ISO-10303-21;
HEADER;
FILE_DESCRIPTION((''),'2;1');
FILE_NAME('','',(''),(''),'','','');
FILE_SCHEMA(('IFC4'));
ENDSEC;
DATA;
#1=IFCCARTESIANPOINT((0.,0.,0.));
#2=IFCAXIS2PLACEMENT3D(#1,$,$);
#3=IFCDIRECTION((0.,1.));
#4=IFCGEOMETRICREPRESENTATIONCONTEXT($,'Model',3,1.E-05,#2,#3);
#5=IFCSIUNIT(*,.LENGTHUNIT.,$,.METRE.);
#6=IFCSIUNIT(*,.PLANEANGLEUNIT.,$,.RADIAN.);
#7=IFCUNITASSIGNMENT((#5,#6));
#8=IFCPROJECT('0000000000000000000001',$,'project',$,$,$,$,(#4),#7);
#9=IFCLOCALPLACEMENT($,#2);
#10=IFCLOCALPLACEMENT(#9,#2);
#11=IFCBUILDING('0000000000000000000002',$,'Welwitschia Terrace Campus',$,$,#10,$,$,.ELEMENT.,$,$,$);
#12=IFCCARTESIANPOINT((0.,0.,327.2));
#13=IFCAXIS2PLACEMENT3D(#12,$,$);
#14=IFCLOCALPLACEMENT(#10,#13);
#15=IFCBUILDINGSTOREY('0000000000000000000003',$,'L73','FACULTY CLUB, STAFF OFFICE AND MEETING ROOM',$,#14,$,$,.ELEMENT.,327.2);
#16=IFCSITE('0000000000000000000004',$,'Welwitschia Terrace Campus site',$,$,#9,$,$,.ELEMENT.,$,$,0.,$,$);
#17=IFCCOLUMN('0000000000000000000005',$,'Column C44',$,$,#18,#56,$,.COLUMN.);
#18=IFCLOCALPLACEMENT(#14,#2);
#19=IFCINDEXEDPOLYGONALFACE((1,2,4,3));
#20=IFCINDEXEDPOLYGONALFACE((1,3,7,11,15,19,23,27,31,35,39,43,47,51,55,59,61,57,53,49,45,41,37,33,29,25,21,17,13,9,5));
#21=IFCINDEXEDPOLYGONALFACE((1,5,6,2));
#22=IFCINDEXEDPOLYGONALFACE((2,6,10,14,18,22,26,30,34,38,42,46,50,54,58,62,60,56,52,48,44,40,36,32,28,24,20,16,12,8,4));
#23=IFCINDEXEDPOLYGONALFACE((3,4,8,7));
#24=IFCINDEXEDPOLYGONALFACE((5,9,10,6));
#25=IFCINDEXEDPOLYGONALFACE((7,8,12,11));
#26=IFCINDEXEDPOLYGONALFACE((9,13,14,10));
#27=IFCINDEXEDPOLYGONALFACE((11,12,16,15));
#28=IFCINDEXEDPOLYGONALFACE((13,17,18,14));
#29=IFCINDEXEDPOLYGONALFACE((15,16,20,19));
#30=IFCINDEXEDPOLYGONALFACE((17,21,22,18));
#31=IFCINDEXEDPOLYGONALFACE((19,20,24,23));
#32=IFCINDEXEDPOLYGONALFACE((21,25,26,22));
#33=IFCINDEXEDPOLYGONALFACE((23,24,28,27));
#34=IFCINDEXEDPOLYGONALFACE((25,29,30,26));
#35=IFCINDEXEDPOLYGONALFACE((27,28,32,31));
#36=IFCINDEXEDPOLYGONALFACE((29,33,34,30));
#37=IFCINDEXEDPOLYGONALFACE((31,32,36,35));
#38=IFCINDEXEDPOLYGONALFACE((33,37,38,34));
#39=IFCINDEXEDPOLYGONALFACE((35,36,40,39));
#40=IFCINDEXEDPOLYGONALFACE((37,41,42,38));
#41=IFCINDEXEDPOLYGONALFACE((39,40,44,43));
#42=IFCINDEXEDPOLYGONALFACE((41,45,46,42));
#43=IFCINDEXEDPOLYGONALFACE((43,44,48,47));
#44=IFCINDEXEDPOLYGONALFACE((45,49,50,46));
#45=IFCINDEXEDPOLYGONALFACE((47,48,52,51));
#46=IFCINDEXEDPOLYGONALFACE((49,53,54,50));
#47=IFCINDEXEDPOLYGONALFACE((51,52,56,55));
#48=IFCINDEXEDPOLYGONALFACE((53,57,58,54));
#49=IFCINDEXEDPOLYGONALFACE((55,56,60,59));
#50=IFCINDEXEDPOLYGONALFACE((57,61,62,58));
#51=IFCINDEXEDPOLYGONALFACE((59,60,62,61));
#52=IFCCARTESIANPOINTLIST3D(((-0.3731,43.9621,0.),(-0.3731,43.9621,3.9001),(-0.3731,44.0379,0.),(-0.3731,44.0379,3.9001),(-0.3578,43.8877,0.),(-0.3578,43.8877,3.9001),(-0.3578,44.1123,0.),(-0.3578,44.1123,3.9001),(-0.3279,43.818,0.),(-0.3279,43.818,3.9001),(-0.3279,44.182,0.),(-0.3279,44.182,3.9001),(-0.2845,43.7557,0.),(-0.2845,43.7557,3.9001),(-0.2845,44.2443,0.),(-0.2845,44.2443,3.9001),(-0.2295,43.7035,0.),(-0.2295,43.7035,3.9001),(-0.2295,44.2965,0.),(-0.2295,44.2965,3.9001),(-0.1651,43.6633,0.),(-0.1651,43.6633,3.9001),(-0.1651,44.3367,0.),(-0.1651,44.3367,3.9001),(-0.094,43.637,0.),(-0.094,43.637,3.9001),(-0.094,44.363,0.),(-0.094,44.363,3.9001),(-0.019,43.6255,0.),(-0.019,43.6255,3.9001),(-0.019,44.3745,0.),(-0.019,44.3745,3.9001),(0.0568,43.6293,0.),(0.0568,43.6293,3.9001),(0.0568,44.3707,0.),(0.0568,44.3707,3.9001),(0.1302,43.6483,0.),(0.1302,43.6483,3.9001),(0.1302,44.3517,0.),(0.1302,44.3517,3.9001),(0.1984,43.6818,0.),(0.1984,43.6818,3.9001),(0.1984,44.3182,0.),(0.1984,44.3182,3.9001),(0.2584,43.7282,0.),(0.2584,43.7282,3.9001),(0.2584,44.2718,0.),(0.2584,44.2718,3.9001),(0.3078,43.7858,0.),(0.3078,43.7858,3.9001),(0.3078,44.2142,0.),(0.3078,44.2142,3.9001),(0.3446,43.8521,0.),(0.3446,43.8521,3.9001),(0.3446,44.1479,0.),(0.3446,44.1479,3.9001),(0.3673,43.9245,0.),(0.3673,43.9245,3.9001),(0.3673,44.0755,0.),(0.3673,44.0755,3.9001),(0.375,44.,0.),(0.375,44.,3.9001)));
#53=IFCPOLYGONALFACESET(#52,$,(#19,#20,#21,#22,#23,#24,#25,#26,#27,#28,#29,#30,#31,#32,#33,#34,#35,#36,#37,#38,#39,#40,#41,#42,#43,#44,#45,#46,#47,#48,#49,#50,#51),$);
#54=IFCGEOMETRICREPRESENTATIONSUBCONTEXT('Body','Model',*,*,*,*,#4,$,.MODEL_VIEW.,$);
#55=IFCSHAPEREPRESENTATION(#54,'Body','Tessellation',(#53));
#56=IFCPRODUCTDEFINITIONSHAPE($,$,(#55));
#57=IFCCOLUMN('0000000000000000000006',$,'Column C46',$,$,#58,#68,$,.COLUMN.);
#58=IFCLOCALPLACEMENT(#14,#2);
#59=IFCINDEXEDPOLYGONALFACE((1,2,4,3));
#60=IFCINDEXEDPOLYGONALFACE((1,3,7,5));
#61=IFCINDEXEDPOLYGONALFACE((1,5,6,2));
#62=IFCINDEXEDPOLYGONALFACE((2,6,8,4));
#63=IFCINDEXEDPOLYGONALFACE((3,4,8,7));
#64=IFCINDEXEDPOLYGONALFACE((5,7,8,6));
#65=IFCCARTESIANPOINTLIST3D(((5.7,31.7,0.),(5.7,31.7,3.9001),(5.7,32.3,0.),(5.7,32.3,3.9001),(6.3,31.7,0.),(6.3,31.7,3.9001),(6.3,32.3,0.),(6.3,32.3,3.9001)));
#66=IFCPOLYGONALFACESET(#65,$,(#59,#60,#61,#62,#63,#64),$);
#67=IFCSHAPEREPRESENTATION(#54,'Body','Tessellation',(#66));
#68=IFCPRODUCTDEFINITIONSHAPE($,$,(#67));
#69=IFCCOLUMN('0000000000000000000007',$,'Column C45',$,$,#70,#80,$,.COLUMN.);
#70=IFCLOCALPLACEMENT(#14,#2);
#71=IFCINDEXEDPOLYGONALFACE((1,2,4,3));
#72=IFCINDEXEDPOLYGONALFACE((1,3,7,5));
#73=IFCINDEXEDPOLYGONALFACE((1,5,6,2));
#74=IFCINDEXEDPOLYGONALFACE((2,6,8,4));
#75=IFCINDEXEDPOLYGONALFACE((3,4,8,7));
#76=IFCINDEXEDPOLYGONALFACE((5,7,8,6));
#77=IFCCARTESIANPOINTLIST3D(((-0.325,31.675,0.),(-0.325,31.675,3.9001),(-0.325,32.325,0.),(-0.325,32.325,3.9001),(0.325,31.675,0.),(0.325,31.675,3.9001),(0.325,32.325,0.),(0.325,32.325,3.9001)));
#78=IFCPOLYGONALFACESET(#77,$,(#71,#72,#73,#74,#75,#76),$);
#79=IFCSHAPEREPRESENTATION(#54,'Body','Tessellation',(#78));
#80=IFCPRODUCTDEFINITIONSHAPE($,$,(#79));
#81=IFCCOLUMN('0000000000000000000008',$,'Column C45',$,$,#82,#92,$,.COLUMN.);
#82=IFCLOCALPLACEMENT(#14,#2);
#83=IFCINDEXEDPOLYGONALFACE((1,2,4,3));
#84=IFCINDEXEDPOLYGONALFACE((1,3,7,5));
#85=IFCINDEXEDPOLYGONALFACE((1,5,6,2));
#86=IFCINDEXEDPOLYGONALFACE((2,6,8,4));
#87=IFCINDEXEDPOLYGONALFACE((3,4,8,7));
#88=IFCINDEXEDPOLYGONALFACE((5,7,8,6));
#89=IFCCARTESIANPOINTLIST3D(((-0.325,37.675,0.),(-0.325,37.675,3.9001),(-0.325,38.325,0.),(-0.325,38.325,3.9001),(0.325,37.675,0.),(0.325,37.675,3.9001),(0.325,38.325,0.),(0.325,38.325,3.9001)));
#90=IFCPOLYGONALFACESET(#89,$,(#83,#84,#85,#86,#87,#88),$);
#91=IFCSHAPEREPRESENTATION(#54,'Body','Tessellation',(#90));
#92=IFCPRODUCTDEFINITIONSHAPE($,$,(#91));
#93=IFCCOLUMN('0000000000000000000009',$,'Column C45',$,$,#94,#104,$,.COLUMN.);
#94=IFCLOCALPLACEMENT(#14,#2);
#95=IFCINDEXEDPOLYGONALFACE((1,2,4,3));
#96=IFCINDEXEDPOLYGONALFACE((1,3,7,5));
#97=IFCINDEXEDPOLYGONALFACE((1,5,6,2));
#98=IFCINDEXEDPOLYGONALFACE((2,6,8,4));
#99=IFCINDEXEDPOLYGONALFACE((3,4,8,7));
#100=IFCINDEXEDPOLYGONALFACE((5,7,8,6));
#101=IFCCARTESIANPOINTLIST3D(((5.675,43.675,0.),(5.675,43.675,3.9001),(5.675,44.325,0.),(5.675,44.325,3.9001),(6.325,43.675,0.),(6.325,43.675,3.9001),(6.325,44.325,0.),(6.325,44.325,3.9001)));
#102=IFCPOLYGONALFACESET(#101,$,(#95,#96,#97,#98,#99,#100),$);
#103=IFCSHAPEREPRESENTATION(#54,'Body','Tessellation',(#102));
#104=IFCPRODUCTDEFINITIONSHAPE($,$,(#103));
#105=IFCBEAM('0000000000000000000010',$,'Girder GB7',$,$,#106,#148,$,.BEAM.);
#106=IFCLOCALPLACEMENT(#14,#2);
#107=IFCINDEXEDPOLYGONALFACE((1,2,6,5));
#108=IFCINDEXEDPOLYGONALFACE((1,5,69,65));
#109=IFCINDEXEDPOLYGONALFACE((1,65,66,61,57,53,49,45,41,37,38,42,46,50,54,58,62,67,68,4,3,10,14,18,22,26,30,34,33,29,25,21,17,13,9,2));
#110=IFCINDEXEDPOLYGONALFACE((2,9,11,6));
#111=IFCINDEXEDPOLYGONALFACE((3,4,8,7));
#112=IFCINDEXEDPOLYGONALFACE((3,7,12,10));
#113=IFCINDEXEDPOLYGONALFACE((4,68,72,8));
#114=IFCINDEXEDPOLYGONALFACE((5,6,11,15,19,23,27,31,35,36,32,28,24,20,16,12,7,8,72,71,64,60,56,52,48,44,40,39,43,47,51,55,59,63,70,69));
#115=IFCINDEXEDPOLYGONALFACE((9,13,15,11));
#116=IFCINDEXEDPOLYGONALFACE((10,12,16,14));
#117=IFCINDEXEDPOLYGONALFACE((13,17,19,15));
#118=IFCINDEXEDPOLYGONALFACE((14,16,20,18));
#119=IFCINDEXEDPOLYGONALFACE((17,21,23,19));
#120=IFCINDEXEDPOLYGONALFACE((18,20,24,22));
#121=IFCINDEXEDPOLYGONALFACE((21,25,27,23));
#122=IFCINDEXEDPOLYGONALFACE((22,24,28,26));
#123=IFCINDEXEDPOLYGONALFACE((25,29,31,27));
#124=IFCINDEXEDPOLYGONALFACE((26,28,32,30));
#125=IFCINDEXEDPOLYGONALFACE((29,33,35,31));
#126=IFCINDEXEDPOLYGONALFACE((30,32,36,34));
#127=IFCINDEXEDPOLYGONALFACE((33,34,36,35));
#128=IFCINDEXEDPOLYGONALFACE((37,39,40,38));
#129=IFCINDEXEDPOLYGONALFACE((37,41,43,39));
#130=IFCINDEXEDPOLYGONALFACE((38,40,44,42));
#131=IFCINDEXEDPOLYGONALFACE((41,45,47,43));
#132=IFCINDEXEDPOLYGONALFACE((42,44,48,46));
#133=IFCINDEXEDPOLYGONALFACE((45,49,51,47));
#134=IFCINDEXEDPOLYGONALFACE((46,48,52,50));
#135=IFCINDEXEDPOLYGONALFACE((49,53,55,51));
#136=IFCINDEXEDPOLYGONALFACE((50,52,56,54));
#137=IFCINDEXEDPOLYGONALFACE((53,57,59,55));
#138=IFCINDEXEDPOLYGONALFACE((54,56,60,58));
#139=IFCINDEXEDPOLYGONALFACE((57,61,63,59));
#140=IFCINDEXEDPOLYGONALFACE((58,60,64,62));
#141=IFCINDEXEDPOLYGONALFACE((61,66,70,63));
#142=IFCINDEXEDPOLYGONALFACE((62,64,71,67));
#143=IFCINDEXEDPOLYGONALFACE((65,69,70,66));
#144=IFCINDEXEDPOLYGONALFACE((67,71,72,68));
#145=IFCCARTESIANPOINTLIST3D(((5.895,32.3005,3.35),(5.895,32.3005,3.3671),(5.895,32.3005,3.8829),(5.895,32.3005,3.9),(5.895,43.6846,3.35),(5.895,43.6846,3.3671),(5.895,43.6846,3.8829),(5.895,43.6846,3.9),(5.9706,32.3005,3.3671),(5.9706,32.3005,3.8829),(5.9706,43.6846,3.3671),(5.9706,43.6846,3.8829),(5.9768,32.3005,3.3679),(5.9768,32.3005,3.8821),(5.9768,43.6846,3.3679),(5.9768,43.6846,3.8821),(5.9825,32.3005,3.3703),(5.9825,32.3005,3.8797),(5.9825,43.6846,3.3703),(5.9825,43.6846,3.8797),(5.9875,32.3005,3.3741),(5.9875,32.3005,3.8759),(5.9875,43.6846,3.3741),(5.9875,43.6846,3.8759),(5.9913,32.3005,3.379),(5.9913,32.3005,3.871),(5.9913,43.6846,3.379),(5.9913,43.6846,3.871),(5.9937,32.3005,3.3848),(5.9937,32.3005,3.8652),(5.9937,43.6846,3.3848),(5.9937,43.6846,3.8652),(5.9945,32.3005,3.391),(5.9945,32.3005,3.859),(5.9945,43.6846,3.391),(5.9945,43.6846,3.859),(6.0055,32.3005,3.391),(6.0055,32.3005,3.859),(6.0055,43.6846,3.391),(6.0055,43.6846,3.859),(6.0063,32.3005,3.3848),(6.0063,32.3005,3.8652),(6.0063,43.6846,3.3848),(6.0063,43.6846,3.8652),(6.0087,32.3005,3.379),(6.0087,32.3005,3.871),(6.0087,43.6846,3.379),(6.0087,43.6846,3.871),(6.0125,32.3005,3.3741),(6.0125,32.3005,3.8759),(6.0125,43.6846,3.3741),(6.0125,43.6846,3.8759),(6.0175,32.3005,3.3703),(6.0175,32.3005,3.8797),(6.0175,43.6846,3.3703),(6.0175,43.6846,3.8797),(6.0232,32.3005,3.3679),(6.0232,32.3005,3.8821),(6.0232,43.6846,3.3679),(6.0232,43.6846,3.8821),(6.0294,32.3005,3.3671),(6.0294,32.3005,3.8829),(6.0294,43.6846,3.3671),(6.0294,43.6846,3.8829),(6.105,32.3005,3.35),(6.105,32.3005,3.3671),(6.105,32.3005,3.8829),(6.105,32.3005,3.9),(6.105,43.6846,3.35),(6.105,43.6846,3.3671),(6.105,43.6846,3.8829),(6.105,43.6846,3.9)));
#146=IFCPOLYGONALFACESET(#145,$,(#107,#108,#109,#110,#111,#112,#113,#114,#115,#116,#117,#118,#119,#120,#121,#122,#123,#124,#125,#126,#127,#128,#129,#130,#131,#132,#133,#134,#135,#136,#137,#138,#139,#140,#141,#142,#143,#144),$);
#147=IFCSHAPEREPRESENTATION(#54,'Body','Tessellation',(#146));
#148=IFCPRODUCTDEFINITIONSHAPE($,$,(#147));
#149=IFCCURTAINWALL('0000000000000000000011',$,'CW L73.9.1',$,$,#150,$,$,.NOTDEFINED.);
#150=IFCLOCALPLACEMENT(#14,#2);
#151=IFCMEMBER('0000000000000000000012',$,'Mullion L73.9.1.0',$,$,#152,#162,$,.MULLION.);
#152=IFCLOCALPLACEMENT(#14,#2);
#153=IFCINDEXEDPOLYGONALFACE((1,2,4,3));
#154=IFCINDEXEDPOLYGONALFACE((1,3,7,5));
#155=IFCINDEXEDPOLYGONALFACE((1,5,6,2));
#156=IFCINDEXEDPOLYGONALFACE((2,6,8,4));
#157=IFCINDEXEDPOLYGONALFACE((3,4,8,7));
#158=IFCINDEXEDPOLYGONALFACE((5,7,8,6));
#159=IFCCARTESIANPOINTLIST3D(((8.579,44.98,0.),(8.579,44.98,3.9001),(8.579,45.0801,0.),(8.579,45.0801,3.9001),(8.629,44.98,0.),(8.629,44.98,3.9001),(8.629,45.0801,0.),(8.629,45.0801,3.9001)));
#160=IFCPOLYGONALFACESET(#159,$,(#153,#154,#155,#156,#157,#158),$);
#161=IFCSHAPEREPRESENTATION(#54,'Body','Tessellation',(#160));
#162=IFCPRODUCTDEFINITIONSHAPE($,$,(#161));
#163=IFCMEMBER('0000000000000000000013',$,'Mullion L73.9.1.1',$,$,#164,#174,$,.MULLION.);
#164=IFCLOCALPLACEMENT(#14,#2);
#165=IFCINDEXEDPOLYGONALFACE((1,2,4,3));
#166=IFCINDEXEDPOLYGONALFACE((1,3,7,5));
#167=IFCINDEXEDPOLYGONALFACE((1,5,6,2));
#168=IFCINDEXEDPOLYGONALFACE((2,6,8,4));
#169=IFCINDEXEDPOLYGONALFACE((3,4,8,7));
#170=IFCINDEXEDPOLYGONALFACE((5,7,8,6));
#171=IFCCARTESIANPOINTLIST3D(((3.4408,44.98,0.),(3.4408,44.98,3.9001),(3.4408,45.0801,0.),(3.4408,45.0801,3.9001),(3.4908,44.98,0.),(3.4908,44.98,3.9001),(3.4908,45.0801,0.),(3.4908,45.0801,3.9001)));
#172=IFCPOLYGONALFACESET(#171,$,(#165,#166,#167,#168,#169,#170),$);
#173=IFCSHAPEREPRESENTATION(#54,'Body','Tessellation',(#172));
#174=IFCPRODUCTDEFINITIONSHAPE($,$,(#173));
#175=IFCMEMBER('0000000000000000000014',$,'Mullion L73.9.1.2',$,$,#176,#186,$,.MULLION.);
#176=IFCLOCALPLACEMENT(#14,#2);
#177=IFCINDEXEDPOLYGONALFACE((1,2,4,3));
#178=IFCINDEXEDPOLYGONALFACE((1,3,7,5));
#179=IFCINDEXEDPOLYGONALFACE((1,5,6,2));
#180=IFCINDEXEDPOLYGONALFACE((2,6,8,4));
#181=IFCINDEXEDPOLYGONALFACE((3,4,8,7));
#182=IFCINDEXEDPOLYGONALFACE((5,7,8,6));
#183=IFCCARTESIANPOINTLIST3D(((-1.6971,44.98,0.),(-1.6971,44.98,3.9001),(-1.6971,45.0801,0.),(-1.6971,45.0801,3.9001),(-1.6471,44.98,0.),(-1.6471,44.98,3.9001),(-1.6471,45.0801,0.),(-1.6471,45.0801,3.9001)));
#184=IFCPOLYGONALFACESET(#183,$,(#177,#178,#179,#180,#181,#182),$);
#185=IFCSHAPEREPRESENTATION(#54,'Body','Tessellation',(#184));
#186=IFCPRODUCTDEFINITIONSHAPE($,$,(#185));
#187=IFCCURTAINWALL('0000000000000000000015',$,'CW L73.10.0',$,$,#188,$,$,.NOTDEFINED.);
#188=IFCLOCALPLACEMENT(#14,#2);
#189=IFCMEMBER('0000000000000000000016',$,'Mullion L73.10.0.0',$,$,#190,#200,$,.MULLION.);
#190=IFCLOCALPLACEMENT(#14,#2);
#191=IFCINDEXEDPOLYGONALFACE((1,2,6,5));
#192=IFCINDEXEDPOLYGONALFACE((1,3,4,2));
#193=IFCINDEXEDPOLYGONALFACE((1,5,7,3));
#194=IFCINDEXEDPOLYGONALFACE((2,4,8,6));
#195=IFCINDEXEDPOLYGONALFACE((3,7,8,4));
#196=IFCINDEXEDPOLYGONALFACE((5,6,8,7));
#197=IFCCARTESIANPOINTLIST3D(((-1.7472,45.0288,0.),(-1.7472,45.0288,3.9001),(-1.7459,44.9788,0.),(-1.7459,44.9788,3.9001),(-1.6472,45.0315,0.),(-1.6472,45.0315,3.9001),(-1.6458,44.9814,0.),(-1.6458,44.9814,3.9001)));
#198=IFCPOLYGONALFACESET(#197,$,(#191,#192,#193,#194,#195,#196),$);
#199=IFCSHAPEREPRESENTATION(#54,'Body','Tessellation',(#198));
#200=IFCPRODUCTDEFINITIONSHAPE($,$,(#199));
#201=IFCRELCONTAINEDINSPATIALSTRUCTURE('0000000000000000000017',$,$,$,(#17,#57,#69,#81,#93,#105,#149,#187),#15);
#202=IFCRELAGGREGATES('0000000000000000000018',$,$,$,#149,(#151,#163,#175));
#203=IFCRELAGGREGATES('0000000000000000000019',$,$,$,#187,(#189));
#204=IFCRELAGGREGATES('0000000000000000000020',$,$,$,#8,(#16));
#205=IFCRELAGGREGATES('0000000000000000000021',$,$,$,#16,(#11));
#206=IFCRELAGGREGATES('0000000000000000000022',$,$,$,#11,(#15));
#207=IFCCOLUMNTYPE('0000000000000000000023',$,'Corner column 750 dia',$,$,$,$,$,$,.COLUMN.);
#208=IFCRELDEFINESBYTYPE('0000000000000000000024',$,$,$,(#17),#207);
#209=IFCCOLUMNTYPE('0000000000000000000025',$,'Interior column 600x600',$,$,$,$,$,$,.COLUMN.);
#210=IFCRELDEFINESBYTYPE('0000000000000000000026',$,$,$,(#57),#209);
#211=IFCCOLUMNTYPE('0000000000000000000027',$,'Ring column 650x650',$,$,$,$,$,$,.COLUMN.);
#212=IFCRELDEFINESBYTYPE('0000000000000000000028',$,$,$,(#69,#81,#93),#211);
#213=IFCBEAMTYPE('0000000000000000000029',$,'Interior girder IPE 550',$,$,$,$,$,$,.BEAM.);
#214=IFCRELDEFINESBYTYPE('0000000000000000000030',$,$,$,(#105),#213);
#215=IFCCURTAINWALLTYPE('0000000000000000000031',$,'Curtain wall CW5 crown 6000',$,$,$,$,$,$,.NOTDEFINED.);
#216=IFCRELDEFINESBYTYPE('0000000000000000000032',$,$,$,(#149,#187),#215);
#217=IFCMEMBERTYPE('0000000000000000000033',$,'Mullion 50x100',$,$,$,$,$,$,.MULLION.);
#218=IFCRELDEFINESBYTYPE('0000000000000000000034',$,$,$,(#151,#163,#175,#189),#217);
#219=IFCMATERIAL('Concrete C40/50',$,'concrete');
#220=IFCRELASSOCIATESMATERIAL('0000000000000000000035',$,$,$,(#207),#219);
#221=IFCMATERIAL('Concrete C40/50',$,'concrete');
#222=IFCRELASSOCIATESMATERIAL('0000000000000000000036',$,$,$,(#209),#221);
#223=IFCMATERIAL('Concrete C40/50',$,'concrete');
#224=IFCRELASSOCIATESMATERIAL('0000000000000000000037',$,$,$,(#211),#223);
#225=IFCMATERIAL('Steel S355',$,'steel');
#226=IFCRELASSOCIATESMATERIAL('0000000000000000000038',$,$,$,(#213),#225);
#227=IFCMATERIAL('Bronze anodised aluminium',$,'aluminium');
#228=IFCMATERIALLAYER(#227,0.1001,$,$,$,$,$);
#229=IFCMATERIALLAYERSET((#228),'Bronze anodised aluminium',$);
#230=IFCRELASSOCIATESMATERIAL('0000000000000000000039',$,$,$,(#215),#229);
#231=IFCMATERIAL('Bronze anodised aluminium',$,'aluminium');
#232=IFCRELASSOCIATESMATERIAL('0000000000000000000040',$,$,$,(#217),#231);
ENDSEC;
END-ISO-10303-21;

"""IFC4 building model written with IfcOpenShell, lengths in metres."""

from ifc_helpers import new_model, si_unit, direction, frame, origin, origin_2d, place, context, subcontext, project, spatial, rectangle, circle, i_section, extrude, material, layer, layer_set, material_profile, profile_set, type_object, element, aggregate, save


model = new_model("IFC4")

# Units and contexts
model_context = context("Model", 3, precision=1e-05, world=origin(), true_north=direction((0.0, 1.0)))
body_context = subcontext(model_context, "Body", "Model", "MODEL_VIEW")
ifc_project = project(units=[si_unit("LENGTHUNIT", "METRE"), si_unit("PLANEANGLEUNIT", "RADIAN")], contexts=[model_context])

# Site, building, storey
site_placement = place(None, origin())
site = spatial("IfcSite", under=ifc_project, at=site_placement, Name="Welwitschia Terrace Campus site", CompositionType="ELEMENT", RefElevation=0.0)
building_placement = place(site_placement, origin())
building = spatial("IfcBuilding", under=site, at=building_placement, Name="Welwitschia Terrace Campus", CompositionType="ELEMENT")
storey_placement = place(building_placement, frame((0.0, 0.0, 327.2)))
storey = spatial("IfcBuildingStorey", under=building, at=storey_placement, Name="L73", Description="FACULTY CLUB, STAFF OFFICE AND MEETING ROOM", CompositionType="ELEMENT", Elevation=327.2)

# Columns
ifc_material_1 = material(Name="Concrete C40/50", Category="concrete")
ifc_material_profile_1 = material_profile(ifc_material_1, circle(Radius=0.375, at=origin_2d()))
ifc_profile_set_1 = profile_set([ifc_material_profile_1], Name="Concrete C40/50")
column_type_1 = type_object("IfcColumnType", Name="Corner column 750 dia", PredefinedType="COLUMN", material=ifc_profile_set_1)
column_1_placement = place(storey_placement, frame((0.0, 44.0, 0.0), z_axis=(0.0, 0.0, 1.0), x_axis=(1.0, 0.0, 0.0)))
element("IfcColumn", 1, at=column_1_placement, inside=storey, type_object=column_type_1, Name="Column C44", PredefinedType="COLUMN", context=body_context, shape_type="SweptSolid", body=[
    extrude(circle(Radius=0.375, at=origin_2d()), origin(), (0.0, 0.0, 1.0), 3.9001),
])
ifc_material_2 = material(Name="Concrete C40/50", Category="concrete")
ifc_material_profile_2 = material_profile(ifc_material_2, rectangle(XDim=0.6001, YDim=0.6001, at=origin_2d()))
ifc_profile_set_2 = profile_set([ifc_material_profile_2], Name="Concrete C40/50")
column_type_2 = type_object("IfcColumnType", Name="Interior column 600x600", PredefinedType="COLUMN", material=ifc_profile_set_2)
column_2_placement = place(storey_placement, frame((6.0, 32.0, 0.0), z_axis=(0.0, 0.0, 1.0), x_axis=(1.0, 0.0, 0.0)))
element("IfcColumn", 2, at=column_2_placement, inside=storey, type_object=column_type_2, Name="Column C46", PredefinedType="COLUMN", context=body_context, shape_type="SweptSolid", body=[
    extrude(rectangle(XDim=0.6001, YDim=0.6001, at=origin_2d()), origin(), (0.0, 0.0, 1.0), 3.9001),
])
ifc_material_3 = material(Name="Concrete C40/50", Category="concrete")
ifc_material_profile_3 = material_profile(ifc_material_3, rectangle(XDim=0.6499, YDim=0.6499, at=origin_2d()))
ifc_profile_set_3 = profile_set([ifc_material_profile_3], Name="Concrete C40/50")
column_type_3 = type_object("IfcColumnType", Name="Ring column 650x650", PredefinedType="COLUMN", material=ifc_profile_set_3)
for number, where, z_axis, x_axis, name in (
    (3, (0.0, 32.0, 0.0), (0.0, 0.0, 1.0), (1.0, 0.0, 0.0), "Column C45"),
    (4, (0.0, 38.0, 0.0), (0.0, 0.0, 1.0), (1.0, 0.0, 0.0), "Column C45"),
    (5, (6.0, 44.0, 0.0), (0.0, 0.0, 1.0), (1.0, 0.0, 0.0), "Column C45"),
):
    element("IfcColumn", number, at=place(storey_placement, frame(where, z_axis=z_axis, x_axis=x_axis)), inside=storey, type_object=column_type_3, Name=name, PredefinedType="COLUMN", context=body_context, shape_type="SweptSolid", body=[
        extrude(rectangle(XDim=0.6499, YDim=0.6499, at=origin_2d()), origin(), (0.0, 0.0, 1.0), 3.9001),
    ])

# Beam
ifc_material_4 = material(Name="Steel S355", Category="steel")
ifc_material_profile_4 = material_profile(ifc_material_4, i_section(OverallWidth=0.21, OverallDepth=0.55, WebThickness=0.011, FlangeThickness=0.0171, FilletRadius=0.0239, at=origin_2d()))
ifc_profile_set_4 = profile_set([ifc_material_profile_4], Name="Steel S355")
beam_type_1 = type_object("IfcBeamType", Name="Interior girder IPE 550", PredefinedType="BEAM", material=ifc_profile_set_4)
beam_1_placement = place(storey_placement, frame((6.0, 32.3005, 3.625), z_axis=(0.0, 1.0, 0.0), x_axis=(-1.0, 0.0, 0.0)))
element("IfcBeam", 6, at=beam_1_placement, inside=storey, type_object=beam_type_1, Name="Girder GB7", PredefinedType="BEAM", context=body_context, shape_type="SweptSolid", body=[
    extrude(i_section(OverallWidth=0.21, OverallDepth=0.55, WebThickness=0.011, FlangeThickness=0.0171, FilletRadius=0.0239, at=origin_2d()), origin(), (0.0, 0.0, 1.0), 11.384),
])

# Curtain walls, members
ifc_material_5 = material(Name="Bronze anodised aluminium", Category="aluminium")
ifc_layer_1 = layer(ifc_material_5, 0.1001)
ifc_layer_set_1 = layer_set([ifc_layer_1], Name="Bronze anodised aluminium")
curtain_wall_type = type_object("IfcCurtainWallType", Name="Curtain wall CW5 crown 6000", PredefinedType="NOTDEFINED", material=ifc_layer_set_1)
curtain_wall_1_placement = place(storey_placement, origin())
curtain_wall_1 = element("IfcCurtainWall", 7, at=curtain_wall_1_placement, inside=storey, type_object=curtain_wall_type, Name="CW L73.9.1", PredefinedType="NOTDEFINED")
ifc_material_6 = material(Name="Bronze anodised aluminium", Category="aluminium")
ifc_material_profile_5 = material_profile(ifc_material_6, rectangle(XDim=0.1001, YDim=0.05, at=origin_2d()))
ifc_profile_set_5 = profile_set([ifc_material_profile_5], Name="Bronze anodised aluminium")
member_type_1 = type_object("IfcMemberType", Name="Mullion 50x100", PredefinedType="MULLION", material=ifc_profile_set_5)
member_1_placement = place(storey_placement, frame((8.604, 45.03, 0.0), z_axis=(0.0, 0.0, 1.0), x_axis=(0.0, -1.0, 0.0)))
member_1 = element("IfcMember", 8, at=member_1_placement, type_object=member_type_1, Name="Mullion L73.9.1.0", PredefinedType="MULLION", context=body_context, shape_type="SweptSolid", body=[
    extrude(rectangle(XDim=0.1001, YDim=0.05, at=origin_2d()), origin(), (0.0, 0.0, 1.0), 3.9001),
])
member_2_placement = place(storey_placement, frame((3.4658, 45.03, 0.0), z_axis=(0.0, 0.0, 1.0), x_axis=(0.0, -1.0, 0.0)))
member_2 = element("IfcMember", 9, at=member_2_placement, type_object=member_type_1, Name="Mullion L73.9.1.1", PredefinedType="MULLION", context=body_context, shape_type="SweptSolid", body=[
    extrude(rectangle(XDim=0.1001, YDim=0.05, at=origin_2d()), origin(), (0.0, 0.0, 1.0), 3.9001),
])
member_3_placement = place(storey_placement, frame((-1.6721, 45.03, 0.0), z_axis=(0.0, 0.0, 1.0), x_axis=(0.0, -1.0, 0.0)))
member_3 = element("IfcMember", 10, at=member_3_placement, type_object=member_type_1, Name="Mullion L73.9.1.2", PredefinedType="MULLION", context=body_context, shape_type="SweptSolid", body=[
    extrude(rectangle(XDim=0.1001, YDim=0.05, at=origin_2d()), origin(), (0.0, 0.0, 1.0), 3.9001),
])
curtain_wall_2_placement = place(storey_placement, origin())
curtain_wall_2 = element("IfcCurtainWall", 11, at=curtain_wall_2_placement, inside=storey, type_object=curtain_wall_type, Name="CW L73.10.0", PredefinedType="NOTDEFINED")
member_4_placement = place(storey_placement, frame((-1.6965, 45.0051, 0.0), z_axis=(0.0, 0.0, 1.0), x_axis=(0.999657, 0.026177, 0.0)))
member_4 = element("IfcMember", 12, at=member_4_placement, type_object=member_type_1, Name="Mullion L73.10.0.0", PredefinedType="MULLION", context=body_context, shape_type="SweptSolid", body=[
    extrude(rectangle(XDim=0.1001, YDim=0.05, at=origin_2d()), origin(), (0.0, 0.0, 1.0), 3.9001),
])

aggregate(curtain_wall_1, [member_1, member_2, member_3])
aggregate(curtain_wall_2, [member_4])

save(model, "model.ifc")
